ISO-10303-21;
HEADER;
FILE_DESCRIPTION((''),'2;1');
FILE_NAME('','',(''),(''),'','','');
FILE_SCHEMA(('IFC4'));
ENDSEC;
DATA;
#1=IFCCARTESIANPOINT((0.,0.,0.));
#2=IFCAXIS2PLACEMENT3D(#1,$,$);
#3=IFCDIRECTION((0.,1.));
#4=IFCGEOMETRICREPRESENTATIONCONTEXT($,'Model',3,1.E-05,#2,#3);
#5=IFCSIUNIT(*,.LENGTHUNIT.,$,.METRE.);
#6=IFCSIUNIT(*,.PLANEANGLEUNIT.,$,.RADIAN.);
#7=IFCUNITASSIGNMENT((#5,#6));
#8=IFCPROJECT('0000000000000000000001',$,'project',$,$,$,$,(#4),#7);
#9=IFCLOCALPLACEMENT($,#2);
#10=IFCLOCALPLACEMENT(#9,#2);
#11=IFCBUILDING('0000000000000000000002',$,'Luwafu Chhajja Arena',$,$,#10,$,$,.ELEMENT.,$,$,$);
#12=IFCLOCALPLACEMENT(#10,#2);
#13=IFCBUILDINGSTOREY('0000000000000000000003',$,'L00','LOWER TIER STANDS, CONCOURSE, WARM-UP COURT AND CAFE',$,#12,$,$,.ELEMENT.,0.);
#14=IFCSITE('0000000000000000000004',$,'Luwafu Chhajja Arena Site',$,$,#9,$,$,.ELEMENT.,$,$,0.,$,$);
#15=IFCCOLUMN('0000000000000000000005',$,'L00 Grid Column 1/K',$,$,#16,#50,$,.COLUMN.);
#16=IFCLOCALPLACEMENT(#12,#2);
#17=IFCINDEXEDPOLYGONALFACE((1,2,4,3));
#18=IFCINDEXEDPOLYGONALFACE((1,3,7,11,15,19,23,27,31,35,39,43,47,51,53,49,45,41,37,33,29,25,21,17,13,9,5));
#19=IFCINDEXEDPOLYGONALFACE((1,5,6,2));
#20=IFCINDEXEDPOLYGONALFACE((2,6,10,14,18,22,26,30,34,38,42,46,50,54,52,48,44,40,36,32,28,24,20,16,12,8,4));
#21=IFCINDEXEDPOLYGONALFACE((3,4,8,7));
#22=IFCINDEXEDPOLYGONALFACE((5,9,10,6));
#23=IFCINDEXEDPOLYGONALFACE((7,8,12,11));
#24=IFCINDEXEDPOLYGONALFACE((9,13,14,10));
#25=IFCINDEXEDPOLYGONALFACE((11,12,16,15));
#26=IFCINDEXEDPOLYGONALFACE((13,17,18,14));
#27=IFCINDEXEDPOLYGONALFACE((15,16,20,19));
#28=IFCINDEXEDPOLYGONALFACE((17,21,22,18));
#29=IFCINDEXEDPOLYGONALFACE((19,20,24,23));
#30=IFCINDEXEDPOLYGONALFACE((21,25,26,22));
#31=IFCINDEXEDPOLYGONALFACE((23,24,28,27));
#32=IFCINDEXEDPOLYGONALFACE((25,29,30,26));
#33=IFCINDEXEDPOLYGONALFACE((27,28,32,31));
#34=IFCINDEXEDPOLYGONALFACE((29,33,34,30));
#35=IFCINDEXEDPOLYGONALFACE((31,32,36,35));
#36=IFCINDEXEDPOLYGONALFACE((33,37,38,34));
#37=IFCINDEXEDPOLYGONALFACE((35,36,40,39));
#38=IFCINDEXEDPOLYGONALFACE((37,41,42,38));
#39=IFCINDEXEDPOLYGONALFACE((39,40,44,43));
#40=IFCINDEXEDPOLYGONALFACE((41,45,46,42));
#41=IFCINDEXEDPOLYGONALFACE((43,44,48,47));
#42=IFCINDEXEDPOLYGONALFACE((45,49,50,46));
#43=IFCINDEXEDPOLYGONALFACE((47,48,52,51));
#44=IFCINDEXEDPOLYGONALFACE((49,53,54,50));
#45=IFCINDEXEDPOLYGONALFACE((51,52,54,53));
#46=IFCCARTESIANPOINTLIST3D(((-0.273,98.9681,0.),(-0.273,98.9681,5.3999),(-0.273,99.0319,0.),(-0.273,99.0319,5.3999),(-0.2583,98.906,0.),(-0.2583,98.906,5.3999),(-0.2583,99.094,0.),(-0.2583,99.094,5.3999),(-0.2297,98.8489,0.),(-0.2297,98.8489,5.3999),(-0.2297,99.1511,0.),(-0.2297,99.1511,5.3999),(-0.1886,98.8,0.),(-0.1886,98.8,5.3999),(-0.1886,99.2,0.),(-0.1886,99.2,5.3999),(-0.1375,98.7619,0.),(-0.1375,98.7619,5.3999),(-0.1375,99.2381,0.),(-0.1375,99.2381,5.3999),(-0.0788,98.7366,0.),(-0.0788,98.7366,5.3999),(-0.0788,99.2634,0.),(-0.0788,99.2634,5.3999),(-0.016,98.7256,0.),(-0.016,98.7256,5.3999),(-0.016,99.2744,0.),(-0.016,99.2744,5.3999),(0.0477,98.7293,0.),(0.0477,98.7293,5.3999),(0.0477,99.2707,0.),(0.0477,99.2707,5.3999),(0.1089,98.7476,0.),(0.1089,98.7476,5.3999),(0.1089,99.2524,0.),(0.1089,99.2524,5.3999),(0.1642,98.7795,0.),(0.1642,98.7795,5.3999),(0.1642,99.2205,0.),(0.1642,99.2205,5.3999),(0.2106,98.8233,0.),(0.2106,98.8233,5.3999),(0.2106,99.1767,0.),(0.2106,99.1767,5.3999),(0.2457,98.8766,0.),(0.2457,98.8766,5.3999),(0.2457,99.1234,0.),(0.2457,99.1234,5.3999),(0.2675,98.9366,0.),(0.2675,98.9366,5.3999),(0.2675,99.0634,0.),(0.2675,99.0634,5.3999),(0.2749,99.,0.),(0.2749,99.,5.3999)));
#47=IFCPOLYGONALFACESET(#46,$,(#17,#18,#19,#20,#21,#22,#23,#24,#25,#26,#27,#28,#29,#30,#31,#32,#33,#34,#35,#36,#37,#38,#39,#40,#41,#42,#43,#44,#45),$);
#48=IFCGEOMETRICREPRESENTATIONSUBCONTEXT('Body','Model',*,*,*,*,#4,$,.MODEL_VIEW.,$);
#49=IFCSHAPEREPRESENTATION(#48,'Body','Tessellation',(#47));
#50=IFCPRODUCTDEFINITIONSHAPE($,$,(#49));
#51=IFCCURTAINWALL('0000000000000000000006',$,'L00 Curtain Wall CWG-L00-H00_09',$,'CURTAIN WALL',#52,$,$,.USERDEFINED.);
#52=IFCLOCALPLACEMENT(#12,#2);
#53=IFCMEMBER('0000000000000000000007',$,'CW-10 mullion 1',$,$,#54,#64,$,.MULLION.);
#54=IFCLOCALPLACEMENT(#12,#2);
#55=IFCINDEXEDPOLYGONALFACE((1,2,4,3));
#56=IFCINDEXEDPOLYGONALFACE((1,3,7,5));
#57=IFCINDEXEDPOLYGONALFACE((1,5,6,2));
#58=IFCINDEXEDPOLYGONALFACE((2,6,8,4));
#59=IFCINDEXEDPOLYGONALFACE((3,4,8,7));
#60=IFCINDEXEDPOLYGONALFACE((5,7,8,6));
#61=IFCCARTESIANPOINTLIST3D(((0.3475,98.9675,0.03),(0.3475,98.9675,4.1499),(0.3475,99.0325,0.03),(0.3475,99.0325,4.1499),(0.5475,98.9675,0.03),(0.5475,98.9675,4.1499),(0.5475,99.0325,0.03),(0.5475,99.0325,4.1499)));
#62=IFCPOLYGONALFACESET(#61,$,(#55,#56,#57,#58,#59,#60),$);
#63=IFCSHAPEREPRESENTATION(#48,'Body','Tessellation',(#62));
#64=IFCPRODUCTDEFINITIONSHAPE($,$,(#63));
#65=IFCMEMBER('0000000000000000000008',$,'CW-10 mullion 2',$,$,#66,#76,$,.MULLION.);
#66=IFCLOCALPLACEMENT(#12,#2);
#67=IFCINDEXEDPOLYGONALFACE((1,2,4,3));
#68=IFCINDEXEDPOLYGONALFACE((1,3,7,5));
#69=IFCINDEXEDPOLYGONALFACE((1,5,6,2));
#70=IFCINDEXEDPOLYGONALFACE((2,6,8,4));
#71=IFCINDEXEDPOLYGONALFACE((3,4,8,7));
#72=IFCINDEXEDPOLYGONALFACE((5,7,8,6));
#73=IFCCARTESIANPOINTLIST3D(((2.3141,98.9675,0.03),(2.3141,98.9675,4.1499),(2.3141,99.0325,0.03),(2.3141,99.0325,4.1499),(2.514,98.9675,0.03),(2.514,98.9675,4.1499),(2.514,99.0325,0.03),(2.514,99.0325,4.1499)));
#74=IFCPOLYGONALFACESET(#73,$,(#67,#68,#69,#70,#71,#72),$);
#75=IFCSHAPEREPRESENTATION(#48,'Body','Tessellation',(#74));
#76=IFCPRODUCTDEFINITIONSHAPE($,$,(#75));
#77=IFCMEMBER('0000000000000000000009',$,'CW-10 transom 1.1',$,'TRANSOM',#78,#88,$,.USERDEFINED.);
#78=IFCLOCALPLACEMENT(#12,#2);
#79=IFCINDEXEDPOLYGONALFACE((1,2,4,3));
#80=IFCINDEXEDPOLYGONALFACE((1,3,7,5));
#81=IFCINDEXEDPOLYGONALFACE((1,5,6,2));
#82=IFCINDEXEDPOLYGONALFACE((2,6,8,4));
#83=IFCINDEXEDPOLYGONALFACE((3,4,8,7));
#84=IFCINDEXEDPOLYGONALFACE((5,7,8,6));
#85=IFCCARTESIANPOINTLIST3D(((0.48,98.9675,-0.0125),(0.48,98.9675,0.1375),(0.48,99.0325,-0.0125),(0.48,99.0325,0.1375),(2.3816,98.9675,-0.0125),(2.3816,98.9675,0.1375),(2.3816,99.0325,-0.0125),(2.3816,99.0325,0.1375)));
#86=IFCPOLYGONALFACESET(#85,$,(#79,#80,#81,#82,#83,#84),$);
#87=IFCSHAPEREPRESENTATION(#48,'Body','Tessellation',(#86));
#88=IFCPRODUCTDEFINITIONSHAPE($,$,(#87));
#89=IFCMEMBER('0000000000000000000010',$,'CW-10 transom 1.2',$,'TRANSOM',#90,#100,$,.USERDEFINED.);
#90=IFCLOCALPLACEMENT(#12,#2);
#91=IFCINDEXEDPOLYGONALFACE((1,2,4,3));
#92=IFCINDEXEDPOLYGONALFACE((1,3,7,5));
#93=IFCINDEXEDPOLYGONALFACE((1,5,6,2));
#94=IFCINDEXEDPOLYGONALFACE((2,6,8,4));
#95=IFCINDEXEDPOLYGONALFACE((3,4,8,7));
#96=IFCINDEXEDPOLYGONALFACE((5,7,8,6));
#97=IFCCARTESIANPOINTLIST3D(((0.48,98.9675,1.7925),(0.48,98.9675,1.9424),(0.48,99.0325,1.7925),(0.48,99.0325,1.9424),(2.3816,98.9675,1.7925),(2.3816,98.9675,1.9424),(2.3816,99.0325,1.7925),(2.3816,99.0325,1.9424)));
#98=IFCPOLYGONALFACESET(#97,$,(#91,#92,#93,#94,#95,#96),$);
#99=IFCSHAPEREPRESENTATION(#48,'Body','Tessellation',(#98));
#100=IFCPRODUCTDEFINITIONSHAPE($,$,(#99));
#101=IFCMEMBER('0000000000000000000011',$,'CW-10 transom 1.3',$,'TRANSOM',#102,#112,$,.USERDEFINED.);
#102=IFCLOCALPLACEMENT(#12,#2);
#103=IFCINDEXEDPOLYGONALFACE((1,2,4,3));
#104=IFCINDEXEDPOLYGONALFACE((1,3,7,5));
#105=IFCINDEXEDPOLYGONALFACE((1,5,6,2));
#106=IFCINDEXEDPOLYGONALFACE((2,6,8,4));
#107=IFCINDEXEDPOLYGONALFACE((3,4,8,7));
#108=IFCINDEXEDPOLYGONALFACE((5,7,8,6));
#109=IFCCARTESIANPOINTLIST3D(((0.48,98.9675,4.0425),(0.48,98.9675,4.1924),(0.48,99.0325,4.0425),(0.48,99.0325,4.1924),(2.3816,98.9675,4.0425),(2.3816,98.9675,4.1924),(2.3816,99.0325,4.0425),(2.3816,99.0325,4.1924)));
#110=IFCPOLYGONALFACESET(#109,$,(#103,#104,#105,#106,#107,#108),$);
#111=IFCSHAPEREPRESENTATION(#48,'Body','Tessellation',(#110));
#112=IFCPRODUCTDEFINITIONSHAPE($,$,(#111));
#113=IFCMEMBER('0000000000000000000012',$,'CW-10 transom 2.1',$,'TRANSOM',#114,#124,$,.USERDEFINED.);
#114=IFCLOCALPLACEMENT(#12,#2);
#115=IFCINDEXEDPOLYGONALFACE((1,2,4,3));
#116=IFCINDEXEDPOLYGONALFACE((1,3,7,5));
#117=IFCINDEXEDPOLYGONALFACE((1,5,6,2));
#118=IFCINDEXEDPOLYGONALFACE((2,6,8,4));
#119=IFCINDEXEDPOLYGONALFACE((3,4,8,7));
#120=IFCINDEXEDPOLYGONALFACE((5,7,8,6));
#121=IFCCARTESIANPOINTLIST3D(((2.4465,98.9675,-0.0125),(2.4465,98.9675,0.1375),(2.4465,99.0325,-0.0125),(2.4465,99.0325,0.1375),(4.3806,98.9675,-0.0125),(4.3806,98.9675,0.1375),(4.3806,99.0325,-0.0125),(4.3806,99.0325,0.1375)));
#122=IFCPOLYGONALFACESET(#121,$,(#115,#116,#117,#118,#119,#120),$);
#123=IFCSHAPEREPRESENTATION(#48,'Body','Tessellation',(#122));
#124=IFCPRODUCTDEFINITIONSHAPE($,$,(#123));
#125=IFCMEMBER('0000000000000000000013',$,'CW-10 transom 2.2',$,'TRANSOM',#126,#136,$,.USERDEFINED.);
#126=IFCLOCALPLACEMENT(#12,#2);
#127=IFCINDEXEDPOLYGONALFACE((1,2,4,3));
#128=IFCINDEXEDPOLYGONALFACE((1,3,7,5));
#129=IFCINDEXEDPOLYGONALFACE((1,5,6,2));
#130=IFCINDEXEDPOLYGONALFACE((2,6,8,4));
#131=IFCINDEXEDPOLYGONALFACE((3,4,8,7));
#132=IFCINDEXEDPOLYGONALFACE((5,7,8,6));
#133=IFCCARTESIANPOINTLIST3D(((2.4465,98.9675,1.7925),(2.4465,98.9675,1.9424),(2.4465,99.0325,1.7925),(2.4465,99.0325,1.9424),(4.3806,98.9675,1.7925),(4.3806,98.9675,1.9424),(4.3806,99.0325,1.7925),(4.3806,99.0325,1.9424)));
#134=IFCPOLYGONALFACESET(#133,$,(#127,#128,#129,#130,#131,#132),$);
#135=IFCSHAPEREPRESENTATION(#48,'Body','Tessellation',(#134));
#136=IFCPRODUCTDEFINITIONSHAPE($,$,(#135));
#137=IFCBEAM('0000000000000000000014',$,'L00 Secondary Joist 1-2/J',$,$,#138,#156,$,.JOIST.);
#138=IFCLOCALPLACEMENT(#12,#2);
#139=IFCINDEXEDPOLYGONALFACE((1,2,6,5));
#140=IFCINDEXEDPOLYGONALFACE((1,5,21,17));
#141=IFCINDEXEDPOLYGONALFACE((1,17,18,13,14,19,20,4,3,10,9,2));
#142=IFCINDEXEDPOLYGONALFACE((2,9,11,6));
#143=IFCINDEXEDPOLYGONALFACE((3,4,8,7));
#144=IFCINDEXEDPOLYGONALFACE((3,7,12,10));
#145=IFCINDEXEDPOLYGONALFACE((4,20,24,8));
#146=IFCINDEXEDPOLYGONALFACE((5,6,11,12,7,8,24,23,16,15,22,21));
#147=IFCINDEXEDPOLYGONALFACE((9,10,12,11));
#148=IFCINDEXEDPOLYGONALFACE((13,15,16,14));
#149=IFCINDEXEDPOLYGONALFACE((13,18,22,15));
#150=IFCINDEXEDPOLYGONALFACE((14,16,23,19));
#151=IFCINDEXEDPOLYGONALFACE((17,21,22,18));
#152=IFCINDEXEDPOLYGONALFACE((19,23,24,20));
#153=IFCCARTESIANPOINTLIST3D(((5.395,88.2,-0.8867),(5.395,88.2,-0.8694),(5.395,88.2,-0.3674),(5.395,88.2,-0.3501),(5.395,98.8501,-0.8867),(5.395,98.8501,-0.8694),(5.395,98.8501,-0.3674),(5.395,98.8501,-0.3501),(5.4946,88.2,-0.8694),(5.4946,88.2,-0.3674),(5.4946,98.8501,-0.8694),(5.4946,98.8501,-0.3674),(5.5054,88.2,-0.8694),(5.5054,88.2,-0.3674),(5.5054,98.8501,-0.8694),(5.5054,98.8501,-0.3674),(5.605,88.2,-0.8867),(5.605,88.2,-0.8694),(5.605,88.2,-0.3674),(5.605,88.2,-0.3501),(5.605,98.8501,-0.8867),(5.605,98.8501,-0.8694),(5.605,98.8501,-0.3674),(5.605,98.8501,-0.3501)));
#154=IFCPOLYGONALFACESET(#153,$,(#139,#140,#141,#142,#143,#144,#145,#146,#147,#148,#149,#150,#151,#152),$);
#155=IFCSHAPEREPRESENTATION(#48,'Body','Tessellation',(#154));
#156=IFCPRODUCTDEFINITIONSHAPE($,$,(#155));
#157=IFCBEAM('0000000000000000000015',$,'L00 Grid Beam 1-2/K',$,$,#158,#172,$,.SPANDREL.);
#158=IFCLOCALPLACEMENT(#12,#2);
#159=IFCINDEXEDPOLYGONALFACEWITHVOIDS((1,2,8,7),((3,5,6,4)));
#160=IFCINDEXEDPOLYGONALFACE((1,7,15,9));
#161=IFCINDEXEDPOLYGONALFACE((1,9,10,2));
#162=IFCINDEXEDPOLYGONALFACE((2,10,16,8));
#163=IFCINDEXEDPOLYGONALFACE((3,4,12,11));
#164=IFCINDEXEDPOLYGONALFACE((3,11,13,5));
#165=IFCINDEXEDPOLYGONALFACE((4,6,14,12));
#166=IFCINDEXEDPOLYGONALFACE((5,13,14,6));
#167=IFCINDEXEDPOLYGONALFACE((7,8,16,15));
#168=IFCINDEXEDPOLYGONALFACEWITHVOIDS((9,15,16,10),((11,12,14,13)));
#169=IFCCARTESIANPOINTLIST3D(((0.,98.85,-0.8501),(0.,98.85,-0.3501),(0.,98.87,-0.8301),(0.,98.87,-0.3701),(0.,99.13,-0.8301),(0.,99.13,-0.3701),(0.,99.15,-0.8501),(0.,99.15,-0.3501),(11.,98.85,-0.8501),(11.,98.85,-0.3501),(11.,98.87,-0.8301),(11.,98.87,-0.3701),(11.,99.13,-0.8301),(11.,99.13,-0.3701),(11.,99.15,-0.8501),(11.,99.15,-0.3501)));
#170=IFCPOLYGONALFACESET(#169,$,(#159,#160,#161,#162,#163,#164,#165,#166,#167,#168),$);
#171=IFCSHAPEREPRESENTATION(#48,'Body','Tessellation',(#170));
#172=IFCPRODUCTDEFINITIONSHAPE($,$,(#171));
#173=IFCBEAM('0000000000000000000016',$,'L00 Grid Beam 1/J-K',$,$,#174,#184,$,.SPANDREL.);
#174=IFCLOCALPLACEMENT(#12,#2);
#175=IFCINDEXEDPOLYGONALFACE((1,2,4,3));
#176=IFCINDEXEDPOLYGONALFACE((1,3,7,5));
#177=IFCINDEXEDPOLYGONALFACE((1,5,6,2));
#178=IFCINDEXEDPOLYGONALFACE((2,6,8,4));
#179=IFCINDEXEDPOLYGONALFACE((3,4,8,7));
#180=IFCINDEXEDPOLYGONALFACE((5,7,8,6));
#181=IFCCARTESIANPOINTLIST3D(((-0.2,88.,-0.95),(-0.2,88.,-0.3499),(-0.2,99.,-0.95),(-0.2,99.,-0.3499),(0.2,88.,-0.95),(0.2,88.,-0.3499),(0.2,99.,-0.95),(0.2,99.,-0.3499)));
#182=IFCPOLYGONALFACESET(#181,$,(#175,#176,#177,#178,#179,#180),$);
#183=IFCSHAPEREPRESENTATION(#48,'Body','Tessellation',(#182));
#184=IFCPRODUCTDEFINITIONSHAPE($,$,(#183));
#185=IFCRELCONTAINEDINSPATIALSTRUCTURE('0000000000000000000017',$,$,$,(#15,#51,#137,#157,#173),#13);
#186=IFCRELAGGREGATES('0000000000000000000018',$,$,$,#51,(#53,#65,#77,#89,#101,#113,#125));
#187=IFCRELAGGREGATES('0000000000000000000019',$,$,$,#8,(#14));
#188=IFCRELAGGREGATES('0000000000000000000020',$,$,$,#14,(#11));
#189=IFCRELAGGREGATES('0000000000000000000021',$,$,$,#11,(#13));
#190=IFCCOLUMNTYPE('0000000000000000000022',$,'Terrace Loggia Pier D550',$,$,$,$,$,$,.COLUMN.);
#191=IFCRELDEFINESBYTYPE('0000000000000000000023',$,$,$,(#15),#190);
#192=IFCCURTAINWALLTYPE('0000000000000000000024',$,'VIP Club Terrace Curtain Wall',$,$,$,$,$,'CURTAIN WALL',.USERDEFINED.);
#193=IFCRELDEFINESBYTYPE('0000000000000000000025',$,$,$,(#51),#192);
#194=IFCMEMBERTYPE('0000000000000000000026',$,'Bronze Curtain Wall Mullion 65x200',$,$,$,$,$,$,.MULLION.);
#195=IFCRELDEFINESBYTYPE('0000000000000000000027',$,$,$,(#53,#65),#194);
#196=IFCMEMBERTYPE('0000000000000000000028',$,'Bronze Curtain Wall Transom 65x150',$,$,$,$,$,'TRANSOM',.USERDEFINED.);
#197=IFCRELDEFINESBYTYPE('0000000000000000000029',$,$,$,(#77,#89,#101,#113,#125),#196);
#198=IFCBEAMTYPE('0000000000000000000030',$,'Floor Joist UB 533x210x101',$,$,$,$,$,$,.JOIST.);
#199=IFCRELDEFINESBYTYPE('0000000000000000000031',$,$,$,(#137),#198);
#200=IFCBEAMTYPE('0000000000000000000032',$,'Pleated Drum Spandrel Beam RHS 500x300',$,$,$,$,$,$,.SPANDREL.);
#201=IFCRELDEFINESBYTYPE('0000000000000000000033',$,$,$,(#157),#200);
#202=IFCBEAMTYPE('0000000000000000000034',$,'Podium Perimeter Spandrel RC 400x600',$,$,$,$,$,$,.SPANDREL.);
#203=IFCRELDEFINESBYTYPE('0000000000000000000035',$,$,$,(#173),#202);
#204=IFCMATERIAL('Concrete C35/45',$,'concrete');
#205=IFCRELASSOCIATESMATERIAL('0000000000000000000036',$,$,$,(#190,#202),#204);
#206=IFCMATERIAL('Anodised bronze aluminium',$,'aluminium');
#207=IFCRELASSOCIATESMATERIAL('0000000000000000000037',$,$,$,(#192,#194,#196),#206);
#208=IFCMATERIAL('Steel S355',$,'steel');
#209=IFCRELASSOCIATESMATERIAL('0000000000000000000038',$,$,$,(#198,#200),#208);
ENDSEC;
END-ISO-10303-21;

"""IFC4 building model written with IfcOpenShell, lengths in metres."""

from ifc_helpers import new_model, si_unit, direction, frame, origin, origin_2d, place, context, subcontext, project, spatial, rectangle, hollow_rectangle, circle, i_section, extrude, material, material_profile, profile_set, type_object, element, aggregate, save


model = new_model("IFC4")

# Units and contexts
model_context = context("Model", 3, precision=1e-05, world=origin(), true_north=direction((0.0, 1.0)))
body_context = subcontext(model_context, "Body", "Model", "MODEL_VIEW")
ifc_project = project(units=[si_unit("LENGTHUNIT", "METRE"), si_unit("PLANEANGLEUNIT", "RADIAN")], contexts=[model_context])

# Site, building, storey
site_placement = place(None, origin())
site = spatial("IfcSite", under=ifc_project, at=site_placement, Name="Luwafu Chhajja Arena Site", CompositionType="ELEMENT", RefElevation=0.0)
building_placement = place(site_placement, origin())
building = spatial("IfcBuilding", under=site, at=building_placement, Name="Luwafu Chhajja Arena", CompositionType="ELEMENT")
storey_placement = place(building_placement, origin())
storey = spatial("IfcBuildingStorey", under=building, at=storey_placement, Name="L00", Description="LOWER TIER STANDS, CONCOURSE, WARM-UP COURT AND CAFE", CompositionType="ELEMENT", Elevation=0.0)

# Column
ifc_material_1 = material(Name="Concrete C35/45", Category="concrete")
ifc_material_profile_1 = material_profile(ifc_material_1, circle(Radius=0.2749, at=origin_2d()), Name="RC COL D550")
ifc_profile_set_1 = profile_set([ifc_material_profile_1], Name="Concrete C35/45")
column_type = type_object("IfcColumnType", Name="Terrace Loggia Pier D550", PredefinedType="COLUMN", material=ifc_profile_set_1)
column_placement = place(storey_placement, frame((0.0, 99.0, 0.0), z_axis=(0.0, 0.0, 1.0), x_axis=(1.0, 0.0, 0.0)))
element("IfcColumn", 1, at=column_placement, inside=storey, type_object=column_type, Name="L00 Grid Column 1/K", PredefinedType="COLUMN", context=body_context, shape_type="SweptSolid", body=[
    extrude(circle(Radius=0.2749, at=origin_2d()), origin(), (0.0, 0.0, 1.0), 5.3999),
])

# Curtain wall, members
ifc_material_2 = material(Name="Anodised bronze aluminium", Category="aluminium")
curtain_wall_type = type_object("IfcCurtainWallType", Name="VIP Club Terrace Curtain Wall", ElementType="CURTAIN WALL", PredefinedType="USERDEFINED", material=ifc_material_2)
curtain_wall_placement = place(storey_placement, origin())
curtain_wall = element("IfcCurtainWall", 2, at=curtain_wall_placement, inside=storey, type_object=curtain_wall_type, Name="L00 Curtain Wall CWG-L00-H00_09", ObjectType="CURTAIN WALL", PredefinedType="USERDEFINED")
ifc_material_profile_2 = material_profile(ifc_material_2, rectangle(XDim=0.0649, YDim=0.2, at=origin_2d()), Name="CWM 65x200")
ifc_profile_set_2 = profile_set([ifc_material_profile_2], Name="Anodised bronze aluminium")
member_type_1 = type_object("IfcMemberType", Name="Bronze Curtain Wall Mullion 65x200", PredefinedType="MULLION", material=ifc_profile_set_2)
member_1_placement = place(storey_placement, frame((0.4475, 99.0, 0.03), z_axis=(0.0, 0.0, 1.0), x_axis=(0.0, 1.0, 0.0)))
member_1 = element("IfcMember", 3, at=member_1_placement, type_object=member_type_1, Name="CW-10 mullion 1", PredefinedType="MULLION", context=body_context, shape_type="SweptSolid", body=[
    extrude(rectangle(XDim=0.0649, YDim=0.2, at=origin_2d()), origin(), (0.0, 0.0, 1.0), 4.1199),
])
member_2_placement = place(storey_placement, frame((2.4141, 99.0, 0.03), z_axis=(0.0, 0.0, 1.0), x_axis=(0.0, 1.0, 0.0)))
member_2 = element("IfcMember", 4, at=member_2_placement, type_object=member_type_1, Name="CW-10 mullion 2", PredefinedType="MULLION", context=body_context, shape_type="SweptSolid", body=[
    extrude(rectangle(XDim=0.0649, YDim=0.2, at=origin_2d()), origin(), (0.0, 0.0, 1.0), 4.1199),
])
ifc_material_profile_3 = material_profile(ifc_material_2, rectangle(XDim=0.0649, YDim=0.1499, at=origin_2d()), Name="CWT 65x150")
ifc_profile_set_3 = profile_set([ifc_material_profile_3], Name="Anodised bronze aluminium")
member_type_2 = type_object("IfcMemberType", Name="Bronze Curtain Wall Transom 65x150", ElementType="TRANSOM", PredefinedType="USERDEFINED", material=ifc_profile_set_3)
member_3_placement = place(storey_placement, frame((0.48, 99.0, 0.0625), z_axis=(1.0, 0.0, 0.0), x_axis=(0.0, 1.0, 0.0)))
member_3 = element("IfcMember", 5, at=member_3_placement, type_object=member_type_2, Name="CW-10 transom 1.1", ObjectType="TRANSOM", PredefinedType="USERDEFINED", context=body_context, shape_type="SweptSolid", body=[
    extrude(rectangle(XDim=0.0649, YDim=0.1499, at=origin_2d()), origin(), (0.0, 0.0, 1.0), 1.9016),
])
member_4_placement = place(storey_placement, frame((0.48, 99.0, 1.8674), z_axis=(1.0, 0.0, 0.0), x_axis=(0.0, 1.0, 0.0)))
member_4 = element("IfcMember", 6, at=member_4_placement, type_object=member_type_2, Name="CW-10 transom 1.2", ObjectType="TRANSOM", PredefinedType="USERDEFINED", context=body_context, shape_type="SweptSolid", body=[
    extrude(rectangle(XDim=0.0649, YDim=0.1499, at=origin_2d()), origin(), (0.0, 0.0, 1.0), 1.9016),
])
member_5_placement = place(storey_placement, frame((0.48, 99.0, 4.1174), z_axis=(1.0, 0.0, 0.0), x_axis=(0.0, 1.0, 0.0)))
member_5 = element("IfcMember", 7, at=member_5_placement, type_object=member_type_2, Name="CW-10 transom 1.3", ObjectType="TRANSOM", PredefinedType="USERDEFINED", context=body_context, shape_type="SweptSolid", body=[
    extrude(rectangle(XDim=0.0649, YDim=0.1499, at=origin_2d()), origin(), (0.0, 0.0, 1.0), 1.9016),
])
member_6_placement = place(storey_placement, frame((2.4465, 99.0, 0.0625), z_axis=(1.0, 0.0, 0.0), x_axis=(0.0, 1.0, 0.0)))
member_6 = element("IfcMember", 8, at=member_6_placement, type_object=member_type_2, Name="CW-10 transom 2.1", ObjectType="TRANSOM", PredefinedType="USERDEFINED", context=body_context, shape_type="SweptSolid", body=[
    extrude(rectangle(XDim=0.0649, YDim=0.1499, at=origin_2d()), origin(), (0.0, 0.0, 1.0), 1.9341),
])
member_7_placement = place(storey_placement, frame((2.4465, 99.0, 1.8674), z_axis=(1.0, 0.0, 0.0), x_axis=(0.0, 1.0, 0.0)))
member_7 = element("IfcMember", 9, at=member_7_placement, type_object=member_type_2, Name="CW-10 transom 2.2", ObjectType="TRANSOM", PredefinedType="USERDEFINED", context=body_context, shape_type="SweptSolid", body=[
    extrude(rectangle(XDim=0.0649, YDim=0.1499, at=origin_2d()), origin(), (0.0, 0.0, 1.0), 1.9341),
])

# Beams
ifc_material_3 = material(Name="Steel S355", Category="steel")
ifc_material_profile_4 = material_profile(ifc_material_3, i_section(OverallWidth=0.21, OverallDepth=0.5366, WebThickness=0.0107, FlangeThickness=0.0173, at=origin_2d()), Name="UB 533x210x101")
ifc_profile_set_4 = profile_set([ifc_material_profile_4], Name="Steel S355")
beam_type_1 = type_object("IfcBeamType", Name="Floor Joist UB 533x210x101", PredefinedType="JOIST", material=ifc_profile_set_4)
beam_1_placement = place(storey_placement, frame((5.5, 88.2, -0.6184), z_axis=(0.0, 1.0, 0.0), x_axis=(-1.0, 0.0, 0.0)))
element("IfcBeam", 10, at=beam_1_placement, inside=storey, type_object=beam_type_1, Name="L00 Secondary Joist 1-2/J", PredefinedType="JOIST", context=body_context, shape_type="SweptSolid", body=[
    extrude(i_section(OverallWidth=0.21, OverallDepth=0.5366, WebThickness=0.0107, FlangeThickness=0.0173, at=origin_2d()), origin(), (0.0, 0.0, 1.0), 10.6501),
])
ifc_material_profile_5 = material_profile(ifc_material_3, hollow_rectangle(XDim=0.3, YDim=0.5, WallThickness=0.02, at=origin_2d()), Name="RHS 500x300x20")
ifc_profile_set_5 = profile_set([ifc_material_profile_5], Name="Steel S355")
beam_type_2 = type_object("IfcBeamType", Name="Pleated Drum Spandrel Beam RHS 500x300", PredefinedType="SPANDREL", material=ifc_profile_set_5)
beam_2_placement = place(storey_placement, frame((0.0, 99.0, -0.6001), z_axis=(1.0, 0.0, 0.0), x_axis=(0.0, 1.0, 0.0)))
element("IfcBeam", 11, at=beam_2_placement, inside=storey, type_object=beam_type_2, Name="L00 Grid Beam 1-2/K", PredefinedType="SPANDREL", context=body_context, shape_type="SweptSolid", body=[
    extrude(hollow_rectangle(XDim=0.3, YDim=0.5, WallThickness=0.02, at=origin_2d()), origin(), (0.0, 0.0, 1.0), 11.0),
])
ifc_material_profile_6 = material_profile(ifc_material_1, rectangle(XDim=0.3999, YDim=0.6001, at=origin_2d()), Name="RC 400x600")
ifc_profile_set_6 = profile_set([ifc_material_profile_6], Name="Concrete C35/45")
beam_type_3 = type_object("IfcBeamType", Name="Podium Perimeter Spandrel RC 400x600", PredefinedType="SPANDREL", material=ifc_profile_set_6)
beam_3_placement = place(storey_placement, frame((0.0, 88.0, -0.6499), z_axis=(0.0, 1.0, 0.0), x_axis=(-1.0, 0.0, 0.0)))
element("IfcBeam", 12, at=beam_3_placement, inside=storey, type_object=beam_type_3, Name="L00 Grid Beam 1/J-K", PredefinedType="SPANDREL", context=body_context, shape_type="SweptSolid", body=[
    extrude(rectangle(XDim=0.3999, YDim=0.6001, at=origin_2d()), origin(), (0.0, 0.0, 1.0), 11.0),
])

aggregate(curtain_wall, [member_1, member_2, member_3, member_4, member_5, member_6, member_7])

save(model, "model.ifc")
